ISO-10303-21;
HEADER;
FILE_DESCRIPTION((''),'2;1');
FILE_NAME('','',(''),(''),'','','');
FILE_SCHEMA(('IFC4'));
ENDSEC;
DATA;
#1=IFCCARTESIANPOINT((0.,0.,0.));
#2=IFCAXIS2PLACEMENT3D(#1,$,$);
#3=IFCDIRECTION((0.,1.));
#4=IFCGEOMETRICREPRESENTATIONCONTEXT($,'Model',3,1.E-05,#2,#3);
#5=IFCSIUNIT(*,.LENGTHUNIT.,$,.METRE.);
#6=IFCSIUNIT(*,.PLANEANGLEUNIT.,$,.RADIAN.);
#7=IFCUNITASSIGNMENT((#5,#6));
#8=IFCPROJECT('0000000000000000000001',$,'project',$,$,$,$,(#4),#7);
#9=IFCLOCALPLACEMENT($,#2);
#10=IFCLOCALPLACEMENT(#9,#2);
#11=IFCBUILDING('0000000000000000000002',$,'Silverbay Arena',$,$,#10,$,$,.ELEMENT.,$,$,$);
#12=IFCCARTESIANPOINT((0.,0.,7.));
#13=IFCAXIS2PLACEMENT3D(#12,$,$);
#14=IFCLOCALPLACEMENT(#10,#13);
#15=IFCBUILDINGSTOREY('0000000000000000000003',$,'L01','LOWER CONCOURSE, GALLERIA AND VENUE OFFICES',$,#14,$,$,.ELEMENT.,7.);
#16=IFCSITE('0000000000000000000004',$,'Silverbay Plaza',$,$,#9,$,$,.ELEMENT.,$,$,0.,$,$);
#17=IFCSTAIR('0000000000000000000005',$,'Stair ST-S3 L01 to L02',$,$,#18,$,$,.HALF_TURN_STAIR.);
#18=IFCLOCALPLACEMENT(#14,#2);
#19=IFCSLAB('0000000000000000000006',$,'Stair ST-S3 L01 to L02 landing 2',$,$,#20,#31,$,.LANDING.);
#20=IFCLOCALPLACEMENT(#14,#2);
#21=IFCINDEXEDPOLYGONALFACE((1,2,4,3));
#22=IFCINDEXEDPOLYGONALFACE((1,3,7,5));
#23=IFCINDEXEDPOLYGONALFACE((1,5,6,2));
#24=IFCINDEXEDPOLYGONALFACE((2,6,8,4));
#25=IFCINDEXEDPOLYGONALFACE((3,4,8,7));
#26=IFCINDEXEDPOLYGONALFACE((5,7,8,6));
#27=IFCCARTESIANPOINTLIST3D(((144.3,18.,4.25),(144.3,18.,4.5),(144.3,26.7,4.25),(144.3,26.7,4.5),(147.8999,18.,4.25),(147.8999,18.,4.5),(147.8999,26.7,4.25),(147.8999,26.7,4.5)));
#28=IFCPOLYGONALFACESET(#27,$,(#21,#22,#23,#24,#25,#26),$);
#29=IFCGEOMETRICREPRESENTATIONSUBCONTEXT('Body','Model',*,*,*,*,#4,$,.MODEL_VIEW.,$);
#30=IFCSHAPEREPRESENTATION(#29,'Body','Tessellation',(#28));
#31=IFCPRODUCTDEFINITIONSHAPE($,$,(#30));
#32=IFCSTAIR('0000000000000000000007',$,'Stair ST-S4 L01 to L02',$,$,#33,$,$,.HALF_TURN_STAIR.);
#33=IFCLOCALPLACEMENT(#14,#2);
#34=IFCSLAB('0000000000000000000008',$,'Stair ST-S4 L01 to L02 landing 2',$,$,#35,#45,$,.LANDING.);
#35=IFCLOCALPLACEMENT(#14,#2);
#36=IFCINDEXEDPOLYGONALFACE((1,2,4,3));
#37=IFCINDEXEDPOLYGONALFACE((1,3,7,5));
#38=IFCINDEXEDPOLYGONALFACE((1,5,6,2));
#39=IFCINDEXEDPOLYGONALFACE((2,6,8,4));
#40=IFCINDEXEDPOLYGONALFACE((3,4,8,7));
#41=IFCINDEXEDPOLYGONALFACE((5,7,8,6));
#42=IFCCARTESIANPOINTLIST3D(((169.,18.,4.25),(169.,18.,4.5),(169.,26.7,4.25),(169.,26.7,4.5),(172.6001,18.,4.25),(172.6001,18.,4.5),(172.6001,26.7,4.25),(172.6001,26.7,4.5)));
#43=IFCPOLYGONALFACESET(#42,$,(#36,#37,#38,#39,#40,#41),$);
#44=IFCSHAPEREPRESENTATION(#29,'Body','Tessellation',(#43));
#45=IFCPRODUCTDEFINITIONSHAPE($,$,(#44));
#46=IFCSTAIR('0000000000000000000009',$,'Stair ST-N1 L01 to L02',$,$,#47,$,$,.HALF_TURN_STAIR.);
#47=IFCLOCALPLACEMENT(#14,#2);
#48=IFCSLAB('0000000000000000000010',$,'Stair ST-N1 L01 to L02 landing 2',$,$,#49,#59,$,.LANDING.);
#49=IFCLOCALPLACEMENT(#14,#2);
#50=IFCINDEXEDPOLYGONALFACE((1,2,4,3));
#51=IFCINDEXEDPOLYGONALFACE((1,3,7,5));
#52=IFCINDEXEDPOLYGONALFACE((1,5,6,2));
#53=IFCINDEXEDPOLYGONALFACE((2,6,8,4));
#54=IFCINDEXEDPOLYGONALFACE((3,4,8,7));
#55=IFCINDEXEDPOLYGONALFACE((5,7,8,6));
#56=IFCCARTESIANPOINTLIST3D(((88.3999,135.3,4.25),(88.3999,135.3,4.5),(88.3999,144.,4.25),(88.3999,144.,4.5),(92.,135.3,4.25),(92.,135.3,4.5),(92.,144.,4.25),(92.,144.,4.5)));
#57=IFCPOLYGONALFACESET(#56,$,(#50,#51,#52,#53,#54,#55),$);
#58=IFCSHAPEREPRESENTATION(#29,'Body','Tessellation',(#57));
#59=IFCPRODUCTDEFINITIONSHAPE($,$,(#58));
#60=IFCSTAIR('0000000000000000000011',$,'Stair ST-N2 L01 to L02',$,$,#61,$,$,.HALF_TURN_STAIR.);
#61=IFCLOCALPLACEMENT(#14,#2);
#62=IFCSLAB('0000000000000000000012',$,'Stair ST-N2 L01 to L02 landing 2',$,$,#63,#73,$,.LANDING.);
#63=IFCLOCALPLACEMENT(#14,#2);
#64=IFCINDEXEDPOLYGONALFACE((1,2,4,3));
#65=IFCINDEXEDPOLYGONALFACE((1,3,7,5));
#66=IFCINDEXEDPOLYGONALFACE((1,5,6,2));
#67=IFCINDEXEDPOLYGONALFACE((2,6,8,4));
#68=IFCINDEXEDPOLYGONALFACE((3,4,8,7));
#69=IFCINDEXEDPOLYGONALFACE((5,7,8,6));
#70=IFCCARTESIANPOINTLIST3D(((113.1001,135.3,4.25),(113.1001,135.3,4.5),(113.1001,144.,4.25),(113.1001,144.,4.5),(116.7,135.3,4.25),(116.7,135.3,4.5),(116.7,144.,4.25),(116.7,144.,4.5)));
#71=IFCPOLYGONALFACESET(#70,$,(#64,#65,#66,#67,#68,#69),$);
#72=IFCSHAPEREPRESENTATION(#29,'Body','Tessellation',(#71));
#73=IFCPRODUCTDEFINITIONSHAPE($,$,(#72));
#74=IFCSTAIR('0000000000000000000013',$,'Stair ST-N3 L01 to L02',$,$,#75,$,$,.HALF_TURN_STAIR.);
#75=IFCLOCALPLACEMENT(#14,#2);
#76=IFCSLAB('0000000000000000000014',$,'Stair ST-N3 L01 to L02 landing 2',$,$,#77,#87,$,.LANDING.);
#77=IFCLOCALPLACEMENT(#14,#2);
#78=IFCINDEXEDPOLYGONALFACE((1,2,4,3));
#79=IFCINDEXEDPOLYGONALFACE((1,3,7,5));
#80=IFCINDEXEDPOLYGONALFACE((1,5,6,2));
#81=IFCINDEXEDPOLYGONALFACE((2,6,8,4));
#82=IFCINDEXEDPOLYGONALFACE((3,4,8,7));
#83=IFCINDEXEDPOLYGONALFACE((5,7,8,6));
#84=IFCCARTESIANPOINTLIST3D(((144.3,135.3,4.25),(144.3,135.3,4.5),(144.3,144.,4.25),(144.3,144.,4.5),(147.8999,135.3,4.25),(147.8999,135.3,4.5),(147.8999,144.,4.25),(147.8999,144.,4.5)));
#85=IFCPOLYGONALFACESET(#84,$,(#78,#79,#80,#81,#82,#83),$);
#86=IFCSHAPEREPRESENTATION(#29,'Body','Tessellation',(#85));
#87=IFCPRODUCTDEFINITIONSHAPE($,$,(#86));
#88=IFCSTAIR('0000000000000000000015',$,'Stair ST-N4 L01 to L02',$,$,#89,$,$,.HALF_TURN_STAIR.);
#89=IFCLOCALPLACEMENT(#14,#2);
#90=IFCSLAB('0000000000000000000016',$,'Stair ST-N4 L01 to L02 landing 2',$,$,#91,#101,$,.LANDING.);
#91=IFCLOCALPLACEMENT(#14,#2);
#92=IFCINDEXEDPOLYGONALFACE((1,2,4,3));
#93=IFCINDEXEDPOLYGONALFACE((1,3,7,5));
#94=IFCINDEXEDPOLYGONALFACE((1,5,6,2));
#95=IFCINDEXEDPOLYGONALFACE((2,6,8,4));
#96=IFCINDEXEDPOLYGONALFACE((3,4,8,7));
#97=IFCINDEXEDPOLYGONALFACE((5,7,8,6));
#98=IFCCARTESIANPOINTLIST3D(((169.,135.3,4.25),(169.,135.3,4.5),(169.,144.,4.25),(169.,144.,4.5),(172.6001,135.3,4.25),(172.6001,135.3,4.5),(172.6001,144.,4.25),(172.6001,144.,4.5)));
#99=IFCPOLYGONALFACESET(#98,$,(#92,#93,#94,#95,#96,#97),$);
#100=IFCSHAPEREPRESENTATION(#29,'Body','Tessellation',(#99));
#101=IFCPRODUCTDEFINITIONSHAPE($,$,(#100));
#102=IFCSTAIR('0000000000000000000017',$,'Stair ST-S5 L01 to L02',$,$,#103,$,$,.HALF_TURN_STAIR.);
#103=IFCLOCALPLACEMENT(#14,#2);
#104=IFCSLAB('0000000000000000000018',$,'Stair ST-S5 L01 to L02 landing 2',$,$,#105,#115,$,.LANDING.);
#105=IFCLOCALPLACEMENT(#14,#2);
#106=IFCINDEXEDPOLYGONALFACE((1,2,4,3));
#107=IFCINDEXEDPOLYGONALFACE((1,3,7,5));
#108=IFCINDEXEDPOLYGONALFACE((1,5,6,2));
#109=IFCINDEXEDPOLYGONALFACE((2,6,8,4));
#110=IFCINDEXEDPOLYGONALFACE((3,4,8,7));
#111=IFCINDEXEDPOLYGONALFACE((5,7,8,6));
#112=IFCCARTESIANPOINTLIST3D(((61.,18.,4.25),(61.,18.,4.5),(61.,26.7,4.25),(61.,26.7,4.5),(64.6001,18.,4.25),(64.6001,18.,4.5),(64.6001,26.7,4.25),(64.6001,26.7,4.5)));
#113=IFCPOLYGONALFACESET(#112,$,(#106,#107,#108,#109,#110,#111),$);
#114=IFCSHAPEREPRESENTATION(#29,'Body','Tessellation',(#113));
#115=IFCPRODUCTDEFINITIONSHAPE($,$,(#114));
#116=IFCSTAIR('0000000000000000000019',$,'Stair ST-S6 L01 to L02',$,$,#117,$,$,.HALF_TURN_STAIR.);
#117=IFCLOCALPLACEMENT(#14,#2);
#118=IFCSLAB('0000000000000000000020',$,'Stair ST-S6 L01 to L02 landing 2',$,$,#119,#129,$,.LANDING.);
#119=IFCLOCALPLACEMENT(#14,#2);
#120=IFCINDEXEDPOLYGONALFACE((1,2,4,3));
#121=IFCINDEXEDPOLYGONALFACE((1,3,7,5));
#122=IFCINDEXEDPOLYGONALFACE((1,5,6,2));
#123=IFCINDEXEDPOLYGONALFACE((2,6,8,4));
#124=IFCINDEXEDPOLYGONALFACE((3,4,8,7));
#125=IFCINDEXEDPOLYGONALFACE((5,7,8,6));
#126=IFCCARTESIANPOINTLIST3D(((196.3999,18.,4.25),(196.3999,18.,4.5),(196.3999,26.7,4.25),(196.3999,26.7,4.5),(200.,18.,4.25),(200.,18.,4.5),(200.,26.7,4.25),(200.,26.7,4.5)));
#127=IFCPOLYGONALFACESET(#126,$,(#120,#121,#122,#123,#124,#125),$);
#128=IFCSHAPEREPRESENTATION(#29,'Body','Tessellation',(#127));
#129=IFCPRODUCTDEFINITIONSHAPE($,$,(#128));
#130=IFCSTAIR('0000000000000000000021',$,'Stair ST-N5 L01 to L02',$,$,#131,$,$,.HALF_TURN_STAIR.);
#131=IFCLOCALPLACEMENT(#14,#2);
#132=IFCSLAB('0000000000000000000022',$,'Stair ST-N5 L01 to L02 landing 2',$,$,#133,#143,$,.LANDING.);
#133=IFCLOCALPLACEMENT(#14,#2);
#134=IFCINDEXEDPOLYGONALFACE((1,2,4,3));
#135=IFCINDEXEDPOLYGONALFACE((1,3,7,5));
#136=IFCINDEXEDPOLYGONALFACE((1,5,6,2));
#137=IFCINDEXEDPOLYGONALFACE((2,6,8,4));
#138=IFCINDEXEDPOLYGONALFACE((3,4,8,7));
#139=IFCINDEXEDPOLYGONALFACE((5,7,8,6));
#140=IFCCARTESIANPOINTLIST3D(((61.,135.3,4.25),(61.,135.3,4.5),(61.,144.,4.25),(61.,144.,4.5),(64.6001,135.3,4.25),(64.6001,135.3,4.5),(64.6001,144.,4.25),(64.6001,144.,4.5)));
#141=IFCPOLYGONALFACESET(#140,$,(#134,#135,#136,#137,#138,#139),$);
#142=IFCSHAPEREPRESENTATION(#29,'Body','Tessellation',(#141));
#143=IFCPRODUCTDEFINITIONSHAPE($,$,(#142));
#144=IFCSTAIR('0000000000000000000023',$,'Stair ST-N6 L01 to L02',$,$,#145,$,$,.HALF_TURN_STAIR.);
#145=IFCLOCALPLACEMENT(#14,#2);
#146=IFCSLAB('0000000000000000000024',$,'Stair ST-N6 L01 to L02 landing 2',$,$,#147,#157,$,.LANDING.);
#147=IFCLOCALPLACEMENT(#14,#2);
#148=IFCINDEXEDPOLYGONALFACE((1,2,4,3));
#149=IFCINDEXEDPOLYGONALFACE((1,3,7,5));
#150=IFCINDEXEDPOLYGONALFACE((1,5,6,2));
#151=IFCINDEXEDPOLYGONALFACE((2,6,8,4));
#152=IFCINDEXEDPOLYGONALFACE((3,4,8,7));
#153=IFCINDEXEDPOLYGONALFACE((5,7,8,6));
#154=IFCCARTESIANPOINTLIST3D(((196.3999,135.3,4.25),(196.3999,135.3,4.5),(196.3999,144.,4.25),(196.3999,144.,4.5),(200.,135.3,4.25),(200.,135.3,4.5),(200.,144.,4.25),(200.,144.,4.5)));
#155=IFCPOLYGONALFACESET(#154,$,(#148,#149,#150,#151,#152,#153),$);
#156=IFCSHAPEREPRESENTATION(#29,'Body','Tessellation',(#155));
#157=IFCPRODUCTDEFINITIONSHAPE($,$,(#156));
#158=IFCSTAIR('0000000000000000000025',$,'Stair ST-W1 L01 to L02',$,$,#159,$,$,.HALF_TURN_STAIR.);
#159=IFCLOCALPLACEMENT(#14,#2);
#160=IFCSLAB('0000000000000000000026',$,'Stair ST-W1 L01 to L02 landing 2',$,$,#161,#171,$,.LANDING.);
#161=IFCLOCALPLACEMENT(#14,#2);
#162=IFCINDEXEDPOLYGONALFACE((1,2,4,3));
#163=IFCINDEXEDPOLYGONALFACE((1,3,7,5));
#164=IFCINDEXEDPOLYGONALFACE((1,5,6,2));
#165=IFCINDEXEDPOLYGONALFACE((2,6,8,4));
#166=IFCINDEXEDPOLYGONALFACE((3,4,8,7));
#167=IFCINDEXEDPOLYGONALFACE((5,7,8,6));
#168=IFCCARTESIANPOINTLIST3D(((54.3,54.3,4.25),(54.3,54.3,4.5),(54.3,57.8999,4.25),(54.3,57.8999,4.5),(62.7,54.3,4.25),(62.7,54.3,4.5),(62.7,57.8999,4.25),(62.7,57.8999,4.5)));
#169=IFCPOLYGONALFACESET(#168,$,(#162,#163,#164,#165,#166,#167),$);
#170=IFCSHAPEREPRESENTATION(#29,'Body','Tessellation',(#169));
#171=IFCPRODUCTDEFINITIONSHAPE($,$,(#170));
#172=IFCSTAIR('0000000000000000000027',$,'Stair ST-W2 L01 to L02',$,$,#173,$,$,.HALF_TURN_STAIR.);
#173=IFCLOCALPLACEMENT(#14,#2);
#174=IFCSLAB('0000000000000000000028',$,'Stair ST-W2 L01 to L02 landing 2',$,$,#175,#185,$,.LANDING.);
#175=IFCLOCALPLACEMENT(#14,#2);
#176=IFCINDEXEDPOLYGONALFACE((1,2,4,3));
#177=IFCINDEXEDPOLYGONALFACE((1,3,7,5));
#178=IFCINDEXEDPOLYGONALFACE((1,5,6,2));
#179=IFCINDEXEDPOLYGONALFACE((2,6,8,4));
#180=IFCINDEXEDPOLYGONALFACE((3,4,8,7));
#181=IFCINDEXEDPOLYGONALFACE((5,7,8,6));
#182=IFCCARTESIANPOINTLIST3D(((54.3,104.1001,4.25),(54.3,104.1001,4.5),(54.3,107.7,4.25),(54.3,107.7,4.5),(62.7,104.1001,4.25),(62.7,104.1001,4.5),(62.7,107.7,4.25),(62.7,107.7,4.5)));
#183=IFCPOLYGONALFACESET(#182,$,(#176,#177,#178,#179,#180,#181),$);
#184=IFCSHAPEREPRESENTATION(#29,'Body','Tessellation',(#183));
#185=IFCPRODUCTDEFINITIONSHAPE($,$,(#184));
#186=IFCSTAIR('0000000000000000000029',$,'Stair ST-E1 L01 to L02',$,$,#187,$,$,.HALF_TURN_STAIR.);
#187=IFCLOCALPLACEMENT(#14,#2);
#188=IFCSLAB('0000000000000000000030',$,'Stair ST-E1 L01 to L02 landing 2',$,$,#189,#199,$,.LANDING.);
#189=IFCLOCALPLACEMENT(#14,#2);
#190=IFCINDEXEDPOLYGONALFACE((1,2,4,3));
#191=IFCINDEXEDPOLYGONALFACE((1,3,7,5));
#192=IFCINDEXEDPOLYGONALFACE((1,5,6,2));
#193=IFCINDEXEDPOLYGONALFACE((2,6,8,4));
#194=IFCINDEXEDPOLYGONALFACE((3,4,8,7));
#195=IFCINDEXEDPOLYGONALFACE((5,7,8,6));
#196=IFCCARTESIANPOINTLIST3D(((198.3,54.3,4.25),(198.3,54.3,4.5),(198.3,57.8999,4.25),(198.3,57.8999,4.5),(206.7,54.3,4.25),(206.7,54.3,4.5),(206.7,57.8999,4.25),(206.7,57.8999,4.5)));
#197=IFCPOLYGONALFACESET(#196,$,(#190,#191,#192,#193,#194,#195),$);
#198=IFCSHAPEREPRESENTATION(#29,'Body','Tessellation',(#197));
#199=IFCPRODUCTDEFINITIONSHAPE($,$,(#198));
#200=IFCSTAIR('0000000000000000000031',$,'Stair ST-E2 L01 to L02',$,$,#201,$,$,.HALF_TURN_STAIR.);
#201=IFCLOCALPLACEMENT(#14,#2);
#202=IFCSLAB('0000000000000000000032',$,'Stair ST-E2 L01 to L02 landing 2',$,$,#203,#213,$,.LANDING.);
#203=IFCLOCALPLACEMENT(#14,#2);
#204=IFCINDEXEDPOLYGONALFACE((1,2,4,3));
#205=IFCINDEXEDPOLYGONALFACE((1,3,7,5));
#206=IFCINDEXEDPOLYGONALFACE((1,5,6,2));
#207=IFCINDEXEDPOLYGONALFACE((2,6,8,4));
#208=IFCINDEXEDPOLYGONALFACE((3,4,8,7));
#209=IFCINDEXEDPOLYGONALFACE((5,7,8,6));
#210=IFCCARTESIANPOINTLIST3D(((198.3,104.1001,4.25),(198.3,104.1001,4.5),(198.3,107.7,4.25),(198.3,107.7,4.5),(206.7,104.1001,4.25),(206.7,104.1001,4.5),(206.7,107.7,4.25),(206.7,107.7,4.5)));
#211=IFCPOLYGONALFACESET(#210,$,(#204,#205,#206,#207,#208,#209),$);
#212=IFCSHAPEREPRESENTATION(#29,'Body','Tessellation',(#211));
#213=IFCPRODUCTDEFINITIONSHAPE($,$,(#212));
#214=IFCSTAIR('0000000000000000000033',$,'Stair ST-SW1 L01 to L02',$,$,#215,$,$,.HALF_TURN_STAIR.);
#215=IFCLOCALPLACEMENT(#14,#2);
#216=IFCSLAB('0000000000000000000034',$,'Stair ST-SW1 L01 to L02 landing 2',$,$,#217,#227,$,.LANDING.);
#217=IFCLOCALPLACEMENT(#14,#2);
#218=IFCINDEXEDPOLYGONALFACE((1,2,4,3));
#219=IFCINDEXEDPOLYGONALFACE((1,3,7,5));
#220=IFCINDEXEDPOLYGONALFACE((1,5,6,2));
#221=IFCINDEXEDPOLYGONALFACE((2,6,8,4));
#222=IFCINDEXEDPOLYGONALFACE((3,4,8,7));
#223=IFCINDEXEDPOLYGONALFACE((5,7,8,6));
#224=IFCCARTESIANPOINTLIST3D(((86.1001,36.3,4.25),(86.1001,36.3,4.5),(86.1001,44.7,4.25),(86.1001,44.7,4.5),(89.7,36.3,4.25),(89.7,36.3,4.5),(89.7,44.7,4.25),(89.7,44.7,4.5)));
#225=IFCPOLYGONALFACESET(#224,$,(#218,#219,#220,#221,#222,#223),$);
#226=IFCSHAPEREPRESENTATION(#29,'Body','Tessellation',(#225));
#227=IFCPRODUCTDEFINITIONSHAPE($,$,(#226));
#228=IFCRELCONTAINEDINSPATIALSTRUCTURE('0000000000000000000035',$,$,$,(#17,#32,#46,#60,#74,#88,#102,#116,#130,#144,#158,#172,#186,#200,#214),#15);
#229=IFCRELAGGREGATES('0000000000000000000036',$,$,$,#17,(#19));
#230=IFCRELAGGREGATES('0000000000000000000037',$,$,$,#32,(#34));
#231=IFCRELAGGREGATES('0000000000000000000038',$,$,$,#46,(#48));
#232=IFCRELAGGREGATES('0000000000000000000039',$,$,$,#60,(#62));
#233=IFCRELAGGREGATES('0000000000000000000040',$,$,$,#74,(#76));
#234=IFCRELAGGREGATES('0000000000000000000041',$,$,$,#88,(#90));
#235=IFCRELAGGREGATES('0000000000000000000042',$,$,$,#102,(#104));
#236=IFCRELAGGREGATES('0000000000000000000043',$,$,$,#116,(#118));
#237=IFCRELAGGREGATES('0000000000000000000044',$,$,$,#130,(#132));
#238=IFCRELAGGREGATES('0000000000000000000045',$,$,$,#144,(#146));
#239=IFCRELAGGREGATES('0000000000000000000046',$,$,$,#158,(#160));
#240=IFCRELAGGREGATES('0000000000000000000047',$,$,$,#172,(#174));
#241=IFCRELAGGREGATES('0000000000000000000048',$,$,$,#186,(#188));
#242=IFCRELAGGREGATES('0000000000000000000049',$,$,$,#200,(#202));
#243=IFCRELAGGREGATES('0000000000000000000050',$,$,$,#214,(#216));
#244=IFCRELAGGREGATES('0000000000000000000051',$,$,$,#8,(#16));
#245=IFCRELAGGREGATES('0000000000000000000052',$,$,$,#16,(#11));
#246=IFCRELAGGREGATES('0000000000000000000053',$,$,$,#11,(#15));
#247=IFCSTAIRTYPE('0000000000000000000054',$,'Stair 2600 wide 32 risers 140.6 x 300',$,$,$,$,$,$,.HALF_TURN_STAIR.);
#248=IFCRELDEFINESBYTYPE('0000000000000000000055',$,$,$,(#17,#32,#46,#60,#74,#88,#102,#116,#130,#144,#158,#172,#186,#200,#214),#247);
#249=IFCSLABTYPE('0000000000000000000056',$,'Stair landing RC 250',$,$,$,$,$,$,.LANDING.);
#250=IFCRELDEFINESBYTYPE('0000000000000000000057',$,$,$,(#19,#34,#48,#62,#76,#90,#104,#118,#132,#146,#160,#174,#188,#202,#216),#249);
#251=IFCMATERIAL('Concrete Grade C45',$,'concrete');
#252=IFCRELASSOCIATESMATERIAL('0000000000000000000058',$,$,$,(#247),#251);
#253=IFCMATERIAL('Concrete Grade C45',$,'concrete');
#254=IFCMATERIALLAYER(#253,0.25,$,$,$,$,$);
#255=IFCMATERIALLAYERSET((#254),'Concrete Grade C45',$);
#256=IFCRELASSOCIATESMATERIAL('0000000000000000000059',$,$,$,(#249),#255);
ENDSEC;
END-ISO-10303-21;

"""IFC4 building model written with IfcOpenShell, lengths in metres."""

from ifc_helpers import new_model, si_unit, direction, frame, origin, place, context, subcontext, project, spatial, polyline, outline, extrude, material, layer, layer_set, type_object, element, aggregate, save


model = new_model("IFC4")

# Units and contexts
model_context = context("Model", 3, precision=1e-05, world=origin(), true_north=direction((0.0, 1.0)))
body_context = subcontext(model_context, "Body", "Model", "MODEL_VIEW")
ifc_project = project(units=[si_unit("LENGTHUNIT", "METRE"), si_unit("PLANEANGLEUNIT", "RADIAN")], contexts=[model_context])

# Site, building, storey
site_placement = place(None, origin())
site = spatial("IfcSite", under=ifc_project, at=site_placement, Name="Silverbay Plaza", CompositionType="ELEMENT", RefElevation=0.0)
building_placement = place(site_placement, origin())
building = spatial("IfcBuilding", under=site, at=building_placement, Name="Silverbay Arena", CompositionType="ELEMENT")
storey_placement = place(building_placement, frame((0.0, 0.0, 7.0)))
storey = spatial("IfcBuildingStorey", under=building, at=storey_placement, Name="L01", Description="LOWER CONCOURSE, GALLERIA AND VENUE OFFICES", CompositionType="ELEMENT", Elevation=7.0)

# Stairs, slabs
ifc_material_1 = material(Name="Concrete Grade C45", Category="concrete")
stair_type = type_object("IfcStairType", Name="Stair 2600 wide 32 risers 140.6 x 300", PredefinedType="HALF_TURN_STAIR", material=ifc_material_1)
stair_1_placement = place(storey_placement, origin())
stair_1 = element("IfcStair", 1, at=stair_1_placement, inside=storey, type_object=stair_type, Name="Stair ST-S3 L01 to L02", PredefinedType="HALF_TURN_STAIR")
ifc_material_2 = material(Name="Concrete Grade C45", Category="concrete")
ifc_layer_1 = layer(ifc_material_2, 0.25)
ifc_layer_set_1 = layer_set([ifc_layer_1], Name="Concrete Grade C45")
slab_type = type_object("IfcSlabType", Name="Stair landing RC 250", PredefinedType="LANDING", material=ifc_layer_set_1)
slab_1_placement = place(storey_placement, frame((0.0, 0.0, 4.25)))
slab_1 = element("IfcSlab", 2, at=slab_1_placement, type_object=slab_type, Name="Stair ST-S3 L01 to L02 landing 2", PredefinedType="LANDING", context=body_context, shape_type="SweptSolid", body=[
    extrude(outline(polyline([(144.3, 26.7), (147.8999, 26.7), (147.8999, 18.0), (144.3, 18.0), (144.3, 26.7)])), origin(), (0.0, 0.0, 1.0), 0.25),
])
aggregate(stair_1, [slab_1])
stair_2_placement = place(storey_placement, origin())
stair_2 = element("IfcStair", 3, at=stair_2_placement, inside=storey, type_object=stair_type, Name="Stair ST-S4 L01 to L02", PredefinedType="HALF_TURN_STAIR")
slab_2_placement = place(storey_placement, frame((0.0, 0.0, 4.25)))
slab_2 = element("IfcSlab", 4, at=slab_2_placement, type_object=slab_type, Name="Stair ST-S4 L01 to L02 landing 2", PredefinedType="LANDING", context=body_context, shape_type="SweptSolid", body=[
    extrude(outline(polyline([(169.0, 26.7), (172.6001, 26.7), (172.6001, 18.0), (169.0, 18.0), (169.0, 26.7)])), origin(), (0.0, 0.0, 1.0), 0.25),
])
aggregate(stair_2, [slab_2])
stair_3_placement = place(storey_placement, origin())
stair_3 = element("IfcStair", 5, at=stair_3_placement, inside=storey, type_object=stair_type, Name="Stair ST-N1 L01 to L02", PredefinedType="HALF_TURN_STAIR")
slab_3_placement = place(storey_placement, frame((0.0, 0.0, 4.25)))
slab_3 = element("IfcSlab", 6, at=slab_3_placement, type_object=slab_type, Name="Stair ST-N1 L01 to L02 landing 2", PredefinedType="LANDING", context=body_context, shape_type="SweptSolid", body=[
    extrude(outline(polyline([(92.0, 135.3), (88.3999, 135.3), (88.3999, 144.0), (92.0, 144.0), (92.0, 135.3)])), origin(), (0.0, 0.0, 1.0), 0.25),
])
aggregate(stair_3, [slab_3])
stair_4_placement = place(storey_placement, origin())
stair_4 = element("IfcStair", 7, at=stair_4_placement, inside=storey, type_object=stair_type, Name="Stair ST-N2 L01 to L02", PredefinedType="HALF_TURN_STAIR")
slab_4_placement = place(storey_placement, frame((0.0, 0.0, 4.25)))
slab_4 = element("IfcSlab", 8, at=slab_4_placement, type_object=slab_type, Name="Stair ST-N2 L01 to L02 landing 2", PredefinedType="LANDING", context=body_context, shape_type="SweptSolid", body=[
    extrude(outline(polyline([(116.7, 135.3), (113.1001, 135.3), (113.1001, 144.0), (116.7, 144.0), (116.7, 135.3)])), origin(), (0.0, 0.0, 1.0), 0.25),
])
aggregate(stair_4, [slab_4])
stair_5_placement = place(storey_placement, origin())
stair_5 = element("IfcStair", 9, at=stair_5_placement, inside=storey, type_object=stair_type, Name="Stair ST-N3 L01 to L02", PredefinedType="HALF_TURN_STAIR")
slab_5_placement = place(storey_placement, frame((0.0, 0.0, 4.25)))
slab_5 = element("IfcSlab", 10, at=slab_5_placement, type_object=slab_type, Name="Stair ST-N3 L01 to L02 landing 2", PredefinedType="LANDING", context=body_context, shape_type="SweptSolid", body=[
    extrude(outline(polyline([(144.3, 135.3), (147.8999, 135.3), (147.8999, 144.0), (144.3, 144.0), (144.3, 135.3)])), origin(), (0.0, 0.0, 1.0), 0.25),
])
aggregate(stair_5, [slab_5])
stair_6_placement = place(storey_placement, origin())
stair_6 = element("IfcStair", 11, at=stair_6_placement, inside=storey, type_object=stair_type, Name="Stair ST-N4 L01 to L02", PredefinedType="HALF_TURN_STAIR")
slab_6_placement = place(storey_placement, frame((0.0, 0.0, 4.25)))
slab_6 = element("IfcSlab", 12, at=slab_6_placement, type_object=slab_type, Name="Stair ST-N4 L01 to L02 landing 2", PredefinedType="LANDING", context=body_context, shape_type="SweptSolid", body=[
    extrude(outline(polyline([(169.0, 135.3), (172.6001, 135.3), (172.6001, 144.0), (169.0, 144.0), (169.0, 135.3)])), origin(), (0.0, 0.0, 1.0), 0.25),
])
aggregate(stair_6, [slab_6])
stair_7_placement = place(storey_placement, origin())
stair_7 = element("IfcStair", 13, at=stair_7_placement, inside=storey, type_object=stair_type, Name="Stair ST-S5 L01 to L02", PredefinedType="HALF_TURN_STAIR")
slab_7_placement = place(storey_placement, frame((0.0, 0.0, 4.25)))
slab_7 = element("IfcSlab", 14, at=slab_7_placement, type_object=slab_type, Name="Stair ST-S5 L01 to L02 landing 2", PredefinedType="LANDING", context=body_context, shape_type="SweptSolid", body=[
    extrude(outline(polyline([(61.0, 26.7), (64.6001, 26.7), (64.6001, 18.0), (61.0, 18.0), (61.0, 26.7)])), origin(), (0.0, 0.0, 1.0), 0.25),
])
aggregate(stair_7, [slab_7])
stair_8_placement = place(storey_placement, origin())
stair_8 = element("IfcStair", 15, at=stair_8_placement, inside=storey, type_object=stair_type, Name="Stair ST-S6 L01 to L02", PredefinedType="HALF_TURN_STAIR")
slab_8_placement = place(storey_placement, frame((0.0, 0.0, 4.25)))
slab_8 = element("IfcSlab", 16, at=slab_8_placement, type_object=slab_type, Name="Stair ST-S6 L01 to L02 landing 2", PredefinedType="LANDING", context=body_context, shape_type="SweptSolid", body=[
    extrude(outline(polyline([(200.0, 26.7), (196.3999, 26.7), (196.3999, 18.0), (200.0, 18.0), (200.0, 26.7)])), origin(), (0.0, 0.0, 1.0), 0.25),
])
aggregate(stair_8, [slab_8])
stair_9_placement = place(storey_placement, origin())
stair_9 = element("IfcStair", 17, at=stair_9_placement, inside=storey, type_object=stair_type, Name="Stair ST-N5 L01 to L02", PredefinedType="HALF_TURN_STAIR")
slab_9_placement = place(storey_placement, frame((0.0, 0.0, 4.25)))
slab_9 = element("IfcSlab", 18, at=slab_9_placement, type_object=slab_type, Name="Stair ST-N5 L01 to L02 landing 2", PredefinedType="LANDING", context=body_context, shape_type="SweptSolid", body=[
    extrude(outline(polyline([(61.0, 135.3), (64.6001, 135.3), (64.6001, 144.0), (61.0, 144.0), (61.0, 135.3)])), origin(), (0.0, 0.0, 1.0), 0.25),
])
aggregate(stair_9, [slab_9])
stair_10_placement = place(storey_placement, origin())
stair_10 = element("IfcStair", 19, at=stair_10_placement, inside=storey, type_object=stair_type, Name="Stair ST-N6 L01 to L02", PredefinedType="HALF_TURN_STAIR")
slab_10_placement = place(storey_placement, frame((0.0, 0.0, 4.25)))
slab_10 = element("IfcSlab", 20, at=slab_10_placement, type_object=slab_type, Name="Stair ST-N6 L01 to L02 landing 2", PredefinedType="LANDING", context=body_context, shape_type="SweptSolid", body=[
    extrude(outline(polyline([(200.0, 135.3), (196.3999, 135.3), (196.3999, 144.0), (200.0, 144.0), (200.0, 135.3)])), origin(), (0.0, 0.0, 1.0), 0.25),
])
aggregate(stair_10, [slab_10])
stair_11_placement = place(storey_placement, origin())
stair_11 = element("IfcStair", 21, at=stair_11_placement, inside=storey, type_object=stair_type, Name="Stair ST-W1 L01 to L02", PredefinedType="HALF_TURN_STAIR")
slab_11_placement = place(storey_placement, frame((0.0, 0.0, 4.25)))
slab_11 = element("IfcSlab", 22, at=slab_11_placement, type_object=slab_type, Name="Stair ST-W1 L01 to L02 landing 2", PredefinedType="LANDING", context=body_context, shape_type="SweptSolid", body=[
    extrude(outline(polyline([(62.7, 54.3), (62.7, 57.8999), (54.3, 57.8999), (54.3, 54.3), (62.7, 54.3)])), origin(), (0.0, 0.0, 1.0), 0.25),
])
aggregate(stair_11, [slab_11])
stair_12_placement = place(storey_placement, origin())
stair_12 = element("IfcStair", 23, at=stair_12_placement, inside=storey, type_object=stair_type, Name="Stair ST-W2 L01 to L02", PredefinedType="HALF_TURN_STAIR")
slab_12_placement = place(storey_placement, frame((0.0, 0.0, 4.25)))
slab_12 = element("IfcSlab", 24, at=slab_12_placement, type_object=slab_type, Name="Stair ST-W2 L01 to L02 landing 2", PredefinedType="LANDING", context=body_context, shape_type="SweptSolid", body=[
    extrude(outline(polyline([(62.7, 107.7), (62.7, 104.1001), (54.3, 104.1001), (54.3, 107.7), (62.7, 107.7)])), origin(), (0.0, 0.0, 1.0), 0.25),
])
aggregate(stair_12, [slab_12])
stair_13_placement = place(storey_placement, origin())
stair_13 = element("IfcStair", 25, at=stair_13_placement, inside=storey, type_object=stair_type, Name="Stair ST-E1 L01 to L02", PredefinedType="HALF_TURN_STAIR")
slab_13_placement = place(storey_placement, frame((0.0, 0.0, 4.25)))
slab_13 = element("IfcSlab", 26, at=slab_13_placement, type_object=slab_type, Name="Stair ST-E1 L01 to L02 landing 2", PredefinedType="LANDING", context=body_context, shape_type="SweptSolid", body=[
    extrude(outline(polyline([(198.3, 54.3), (198.3, 57.8999), (206.7, 57.8999), (206.7, 54.3), (198.3, 54.3)])), origin(), (0.0, 0.0, 1.0), 0.25),
])
aggregate(stair_13, [slab_13])
stair_14_placement = place(storey_placement, origin())
stair_14 = element("IfcStair", 27, at=stair_14_placement, inside=storey, type_object=stair_type, Name="Stair ST-E2 L01 to L02", PredefinedType="HALF_TURN_STAIR")
slab_14_placement = place(storey_placement, frame((0.0, 0.0, 4.25)))
slab_14 = element("IfcSlab", 28, at=slab_14_placement, type_object=slab_type, Name="Stair ST-E2 L01 to L02 landing 2", PredefinedType="LANDING", context=body_context, shape_type="SweptSolid", body=[
    extrude(outline(polyline([(198.3, 107.7), (198.3, 104.1001), (206.7, 104.1001), (206.7, 107.7), (198.3, 107.7)])), origin(), (0.0, 0.0, 1.0), 0.25),
])
aggregate(stair_14, [slab_14])
stair_15_placement = place(storey_placement, origin())
stair_15 = element("IfcStair", 29, at=stair_15_placement, inside=storey, type_object=stair_type, Name="Stair ST-SW1 L01 to L02", PredefinedType="HALF_TURN_STAIR")
slab_15_placement = place(storey_placement, frame((0.0, 0.0, 4.25)))
slab_15 = element("IfcSlab", 30, at=slab_15_placement, type_object=slab_type, Name="Stair ST-SW1 L01 to L02 landing 2", PredefinedType="LANDING", context=body_context, shape_type="SweptSolid", body=[
    extrude(outline(polyline([(89.7, 44.7), (86.1001, 44.7), (86.1001, 36.3), (89.7, 36.3), (89.7, 44.7)])), origin(), (0.0, 0.0, 1.0), 0.25),
])
aggregate(stair_15, [slab_15])

save(model, "model.ifc")
